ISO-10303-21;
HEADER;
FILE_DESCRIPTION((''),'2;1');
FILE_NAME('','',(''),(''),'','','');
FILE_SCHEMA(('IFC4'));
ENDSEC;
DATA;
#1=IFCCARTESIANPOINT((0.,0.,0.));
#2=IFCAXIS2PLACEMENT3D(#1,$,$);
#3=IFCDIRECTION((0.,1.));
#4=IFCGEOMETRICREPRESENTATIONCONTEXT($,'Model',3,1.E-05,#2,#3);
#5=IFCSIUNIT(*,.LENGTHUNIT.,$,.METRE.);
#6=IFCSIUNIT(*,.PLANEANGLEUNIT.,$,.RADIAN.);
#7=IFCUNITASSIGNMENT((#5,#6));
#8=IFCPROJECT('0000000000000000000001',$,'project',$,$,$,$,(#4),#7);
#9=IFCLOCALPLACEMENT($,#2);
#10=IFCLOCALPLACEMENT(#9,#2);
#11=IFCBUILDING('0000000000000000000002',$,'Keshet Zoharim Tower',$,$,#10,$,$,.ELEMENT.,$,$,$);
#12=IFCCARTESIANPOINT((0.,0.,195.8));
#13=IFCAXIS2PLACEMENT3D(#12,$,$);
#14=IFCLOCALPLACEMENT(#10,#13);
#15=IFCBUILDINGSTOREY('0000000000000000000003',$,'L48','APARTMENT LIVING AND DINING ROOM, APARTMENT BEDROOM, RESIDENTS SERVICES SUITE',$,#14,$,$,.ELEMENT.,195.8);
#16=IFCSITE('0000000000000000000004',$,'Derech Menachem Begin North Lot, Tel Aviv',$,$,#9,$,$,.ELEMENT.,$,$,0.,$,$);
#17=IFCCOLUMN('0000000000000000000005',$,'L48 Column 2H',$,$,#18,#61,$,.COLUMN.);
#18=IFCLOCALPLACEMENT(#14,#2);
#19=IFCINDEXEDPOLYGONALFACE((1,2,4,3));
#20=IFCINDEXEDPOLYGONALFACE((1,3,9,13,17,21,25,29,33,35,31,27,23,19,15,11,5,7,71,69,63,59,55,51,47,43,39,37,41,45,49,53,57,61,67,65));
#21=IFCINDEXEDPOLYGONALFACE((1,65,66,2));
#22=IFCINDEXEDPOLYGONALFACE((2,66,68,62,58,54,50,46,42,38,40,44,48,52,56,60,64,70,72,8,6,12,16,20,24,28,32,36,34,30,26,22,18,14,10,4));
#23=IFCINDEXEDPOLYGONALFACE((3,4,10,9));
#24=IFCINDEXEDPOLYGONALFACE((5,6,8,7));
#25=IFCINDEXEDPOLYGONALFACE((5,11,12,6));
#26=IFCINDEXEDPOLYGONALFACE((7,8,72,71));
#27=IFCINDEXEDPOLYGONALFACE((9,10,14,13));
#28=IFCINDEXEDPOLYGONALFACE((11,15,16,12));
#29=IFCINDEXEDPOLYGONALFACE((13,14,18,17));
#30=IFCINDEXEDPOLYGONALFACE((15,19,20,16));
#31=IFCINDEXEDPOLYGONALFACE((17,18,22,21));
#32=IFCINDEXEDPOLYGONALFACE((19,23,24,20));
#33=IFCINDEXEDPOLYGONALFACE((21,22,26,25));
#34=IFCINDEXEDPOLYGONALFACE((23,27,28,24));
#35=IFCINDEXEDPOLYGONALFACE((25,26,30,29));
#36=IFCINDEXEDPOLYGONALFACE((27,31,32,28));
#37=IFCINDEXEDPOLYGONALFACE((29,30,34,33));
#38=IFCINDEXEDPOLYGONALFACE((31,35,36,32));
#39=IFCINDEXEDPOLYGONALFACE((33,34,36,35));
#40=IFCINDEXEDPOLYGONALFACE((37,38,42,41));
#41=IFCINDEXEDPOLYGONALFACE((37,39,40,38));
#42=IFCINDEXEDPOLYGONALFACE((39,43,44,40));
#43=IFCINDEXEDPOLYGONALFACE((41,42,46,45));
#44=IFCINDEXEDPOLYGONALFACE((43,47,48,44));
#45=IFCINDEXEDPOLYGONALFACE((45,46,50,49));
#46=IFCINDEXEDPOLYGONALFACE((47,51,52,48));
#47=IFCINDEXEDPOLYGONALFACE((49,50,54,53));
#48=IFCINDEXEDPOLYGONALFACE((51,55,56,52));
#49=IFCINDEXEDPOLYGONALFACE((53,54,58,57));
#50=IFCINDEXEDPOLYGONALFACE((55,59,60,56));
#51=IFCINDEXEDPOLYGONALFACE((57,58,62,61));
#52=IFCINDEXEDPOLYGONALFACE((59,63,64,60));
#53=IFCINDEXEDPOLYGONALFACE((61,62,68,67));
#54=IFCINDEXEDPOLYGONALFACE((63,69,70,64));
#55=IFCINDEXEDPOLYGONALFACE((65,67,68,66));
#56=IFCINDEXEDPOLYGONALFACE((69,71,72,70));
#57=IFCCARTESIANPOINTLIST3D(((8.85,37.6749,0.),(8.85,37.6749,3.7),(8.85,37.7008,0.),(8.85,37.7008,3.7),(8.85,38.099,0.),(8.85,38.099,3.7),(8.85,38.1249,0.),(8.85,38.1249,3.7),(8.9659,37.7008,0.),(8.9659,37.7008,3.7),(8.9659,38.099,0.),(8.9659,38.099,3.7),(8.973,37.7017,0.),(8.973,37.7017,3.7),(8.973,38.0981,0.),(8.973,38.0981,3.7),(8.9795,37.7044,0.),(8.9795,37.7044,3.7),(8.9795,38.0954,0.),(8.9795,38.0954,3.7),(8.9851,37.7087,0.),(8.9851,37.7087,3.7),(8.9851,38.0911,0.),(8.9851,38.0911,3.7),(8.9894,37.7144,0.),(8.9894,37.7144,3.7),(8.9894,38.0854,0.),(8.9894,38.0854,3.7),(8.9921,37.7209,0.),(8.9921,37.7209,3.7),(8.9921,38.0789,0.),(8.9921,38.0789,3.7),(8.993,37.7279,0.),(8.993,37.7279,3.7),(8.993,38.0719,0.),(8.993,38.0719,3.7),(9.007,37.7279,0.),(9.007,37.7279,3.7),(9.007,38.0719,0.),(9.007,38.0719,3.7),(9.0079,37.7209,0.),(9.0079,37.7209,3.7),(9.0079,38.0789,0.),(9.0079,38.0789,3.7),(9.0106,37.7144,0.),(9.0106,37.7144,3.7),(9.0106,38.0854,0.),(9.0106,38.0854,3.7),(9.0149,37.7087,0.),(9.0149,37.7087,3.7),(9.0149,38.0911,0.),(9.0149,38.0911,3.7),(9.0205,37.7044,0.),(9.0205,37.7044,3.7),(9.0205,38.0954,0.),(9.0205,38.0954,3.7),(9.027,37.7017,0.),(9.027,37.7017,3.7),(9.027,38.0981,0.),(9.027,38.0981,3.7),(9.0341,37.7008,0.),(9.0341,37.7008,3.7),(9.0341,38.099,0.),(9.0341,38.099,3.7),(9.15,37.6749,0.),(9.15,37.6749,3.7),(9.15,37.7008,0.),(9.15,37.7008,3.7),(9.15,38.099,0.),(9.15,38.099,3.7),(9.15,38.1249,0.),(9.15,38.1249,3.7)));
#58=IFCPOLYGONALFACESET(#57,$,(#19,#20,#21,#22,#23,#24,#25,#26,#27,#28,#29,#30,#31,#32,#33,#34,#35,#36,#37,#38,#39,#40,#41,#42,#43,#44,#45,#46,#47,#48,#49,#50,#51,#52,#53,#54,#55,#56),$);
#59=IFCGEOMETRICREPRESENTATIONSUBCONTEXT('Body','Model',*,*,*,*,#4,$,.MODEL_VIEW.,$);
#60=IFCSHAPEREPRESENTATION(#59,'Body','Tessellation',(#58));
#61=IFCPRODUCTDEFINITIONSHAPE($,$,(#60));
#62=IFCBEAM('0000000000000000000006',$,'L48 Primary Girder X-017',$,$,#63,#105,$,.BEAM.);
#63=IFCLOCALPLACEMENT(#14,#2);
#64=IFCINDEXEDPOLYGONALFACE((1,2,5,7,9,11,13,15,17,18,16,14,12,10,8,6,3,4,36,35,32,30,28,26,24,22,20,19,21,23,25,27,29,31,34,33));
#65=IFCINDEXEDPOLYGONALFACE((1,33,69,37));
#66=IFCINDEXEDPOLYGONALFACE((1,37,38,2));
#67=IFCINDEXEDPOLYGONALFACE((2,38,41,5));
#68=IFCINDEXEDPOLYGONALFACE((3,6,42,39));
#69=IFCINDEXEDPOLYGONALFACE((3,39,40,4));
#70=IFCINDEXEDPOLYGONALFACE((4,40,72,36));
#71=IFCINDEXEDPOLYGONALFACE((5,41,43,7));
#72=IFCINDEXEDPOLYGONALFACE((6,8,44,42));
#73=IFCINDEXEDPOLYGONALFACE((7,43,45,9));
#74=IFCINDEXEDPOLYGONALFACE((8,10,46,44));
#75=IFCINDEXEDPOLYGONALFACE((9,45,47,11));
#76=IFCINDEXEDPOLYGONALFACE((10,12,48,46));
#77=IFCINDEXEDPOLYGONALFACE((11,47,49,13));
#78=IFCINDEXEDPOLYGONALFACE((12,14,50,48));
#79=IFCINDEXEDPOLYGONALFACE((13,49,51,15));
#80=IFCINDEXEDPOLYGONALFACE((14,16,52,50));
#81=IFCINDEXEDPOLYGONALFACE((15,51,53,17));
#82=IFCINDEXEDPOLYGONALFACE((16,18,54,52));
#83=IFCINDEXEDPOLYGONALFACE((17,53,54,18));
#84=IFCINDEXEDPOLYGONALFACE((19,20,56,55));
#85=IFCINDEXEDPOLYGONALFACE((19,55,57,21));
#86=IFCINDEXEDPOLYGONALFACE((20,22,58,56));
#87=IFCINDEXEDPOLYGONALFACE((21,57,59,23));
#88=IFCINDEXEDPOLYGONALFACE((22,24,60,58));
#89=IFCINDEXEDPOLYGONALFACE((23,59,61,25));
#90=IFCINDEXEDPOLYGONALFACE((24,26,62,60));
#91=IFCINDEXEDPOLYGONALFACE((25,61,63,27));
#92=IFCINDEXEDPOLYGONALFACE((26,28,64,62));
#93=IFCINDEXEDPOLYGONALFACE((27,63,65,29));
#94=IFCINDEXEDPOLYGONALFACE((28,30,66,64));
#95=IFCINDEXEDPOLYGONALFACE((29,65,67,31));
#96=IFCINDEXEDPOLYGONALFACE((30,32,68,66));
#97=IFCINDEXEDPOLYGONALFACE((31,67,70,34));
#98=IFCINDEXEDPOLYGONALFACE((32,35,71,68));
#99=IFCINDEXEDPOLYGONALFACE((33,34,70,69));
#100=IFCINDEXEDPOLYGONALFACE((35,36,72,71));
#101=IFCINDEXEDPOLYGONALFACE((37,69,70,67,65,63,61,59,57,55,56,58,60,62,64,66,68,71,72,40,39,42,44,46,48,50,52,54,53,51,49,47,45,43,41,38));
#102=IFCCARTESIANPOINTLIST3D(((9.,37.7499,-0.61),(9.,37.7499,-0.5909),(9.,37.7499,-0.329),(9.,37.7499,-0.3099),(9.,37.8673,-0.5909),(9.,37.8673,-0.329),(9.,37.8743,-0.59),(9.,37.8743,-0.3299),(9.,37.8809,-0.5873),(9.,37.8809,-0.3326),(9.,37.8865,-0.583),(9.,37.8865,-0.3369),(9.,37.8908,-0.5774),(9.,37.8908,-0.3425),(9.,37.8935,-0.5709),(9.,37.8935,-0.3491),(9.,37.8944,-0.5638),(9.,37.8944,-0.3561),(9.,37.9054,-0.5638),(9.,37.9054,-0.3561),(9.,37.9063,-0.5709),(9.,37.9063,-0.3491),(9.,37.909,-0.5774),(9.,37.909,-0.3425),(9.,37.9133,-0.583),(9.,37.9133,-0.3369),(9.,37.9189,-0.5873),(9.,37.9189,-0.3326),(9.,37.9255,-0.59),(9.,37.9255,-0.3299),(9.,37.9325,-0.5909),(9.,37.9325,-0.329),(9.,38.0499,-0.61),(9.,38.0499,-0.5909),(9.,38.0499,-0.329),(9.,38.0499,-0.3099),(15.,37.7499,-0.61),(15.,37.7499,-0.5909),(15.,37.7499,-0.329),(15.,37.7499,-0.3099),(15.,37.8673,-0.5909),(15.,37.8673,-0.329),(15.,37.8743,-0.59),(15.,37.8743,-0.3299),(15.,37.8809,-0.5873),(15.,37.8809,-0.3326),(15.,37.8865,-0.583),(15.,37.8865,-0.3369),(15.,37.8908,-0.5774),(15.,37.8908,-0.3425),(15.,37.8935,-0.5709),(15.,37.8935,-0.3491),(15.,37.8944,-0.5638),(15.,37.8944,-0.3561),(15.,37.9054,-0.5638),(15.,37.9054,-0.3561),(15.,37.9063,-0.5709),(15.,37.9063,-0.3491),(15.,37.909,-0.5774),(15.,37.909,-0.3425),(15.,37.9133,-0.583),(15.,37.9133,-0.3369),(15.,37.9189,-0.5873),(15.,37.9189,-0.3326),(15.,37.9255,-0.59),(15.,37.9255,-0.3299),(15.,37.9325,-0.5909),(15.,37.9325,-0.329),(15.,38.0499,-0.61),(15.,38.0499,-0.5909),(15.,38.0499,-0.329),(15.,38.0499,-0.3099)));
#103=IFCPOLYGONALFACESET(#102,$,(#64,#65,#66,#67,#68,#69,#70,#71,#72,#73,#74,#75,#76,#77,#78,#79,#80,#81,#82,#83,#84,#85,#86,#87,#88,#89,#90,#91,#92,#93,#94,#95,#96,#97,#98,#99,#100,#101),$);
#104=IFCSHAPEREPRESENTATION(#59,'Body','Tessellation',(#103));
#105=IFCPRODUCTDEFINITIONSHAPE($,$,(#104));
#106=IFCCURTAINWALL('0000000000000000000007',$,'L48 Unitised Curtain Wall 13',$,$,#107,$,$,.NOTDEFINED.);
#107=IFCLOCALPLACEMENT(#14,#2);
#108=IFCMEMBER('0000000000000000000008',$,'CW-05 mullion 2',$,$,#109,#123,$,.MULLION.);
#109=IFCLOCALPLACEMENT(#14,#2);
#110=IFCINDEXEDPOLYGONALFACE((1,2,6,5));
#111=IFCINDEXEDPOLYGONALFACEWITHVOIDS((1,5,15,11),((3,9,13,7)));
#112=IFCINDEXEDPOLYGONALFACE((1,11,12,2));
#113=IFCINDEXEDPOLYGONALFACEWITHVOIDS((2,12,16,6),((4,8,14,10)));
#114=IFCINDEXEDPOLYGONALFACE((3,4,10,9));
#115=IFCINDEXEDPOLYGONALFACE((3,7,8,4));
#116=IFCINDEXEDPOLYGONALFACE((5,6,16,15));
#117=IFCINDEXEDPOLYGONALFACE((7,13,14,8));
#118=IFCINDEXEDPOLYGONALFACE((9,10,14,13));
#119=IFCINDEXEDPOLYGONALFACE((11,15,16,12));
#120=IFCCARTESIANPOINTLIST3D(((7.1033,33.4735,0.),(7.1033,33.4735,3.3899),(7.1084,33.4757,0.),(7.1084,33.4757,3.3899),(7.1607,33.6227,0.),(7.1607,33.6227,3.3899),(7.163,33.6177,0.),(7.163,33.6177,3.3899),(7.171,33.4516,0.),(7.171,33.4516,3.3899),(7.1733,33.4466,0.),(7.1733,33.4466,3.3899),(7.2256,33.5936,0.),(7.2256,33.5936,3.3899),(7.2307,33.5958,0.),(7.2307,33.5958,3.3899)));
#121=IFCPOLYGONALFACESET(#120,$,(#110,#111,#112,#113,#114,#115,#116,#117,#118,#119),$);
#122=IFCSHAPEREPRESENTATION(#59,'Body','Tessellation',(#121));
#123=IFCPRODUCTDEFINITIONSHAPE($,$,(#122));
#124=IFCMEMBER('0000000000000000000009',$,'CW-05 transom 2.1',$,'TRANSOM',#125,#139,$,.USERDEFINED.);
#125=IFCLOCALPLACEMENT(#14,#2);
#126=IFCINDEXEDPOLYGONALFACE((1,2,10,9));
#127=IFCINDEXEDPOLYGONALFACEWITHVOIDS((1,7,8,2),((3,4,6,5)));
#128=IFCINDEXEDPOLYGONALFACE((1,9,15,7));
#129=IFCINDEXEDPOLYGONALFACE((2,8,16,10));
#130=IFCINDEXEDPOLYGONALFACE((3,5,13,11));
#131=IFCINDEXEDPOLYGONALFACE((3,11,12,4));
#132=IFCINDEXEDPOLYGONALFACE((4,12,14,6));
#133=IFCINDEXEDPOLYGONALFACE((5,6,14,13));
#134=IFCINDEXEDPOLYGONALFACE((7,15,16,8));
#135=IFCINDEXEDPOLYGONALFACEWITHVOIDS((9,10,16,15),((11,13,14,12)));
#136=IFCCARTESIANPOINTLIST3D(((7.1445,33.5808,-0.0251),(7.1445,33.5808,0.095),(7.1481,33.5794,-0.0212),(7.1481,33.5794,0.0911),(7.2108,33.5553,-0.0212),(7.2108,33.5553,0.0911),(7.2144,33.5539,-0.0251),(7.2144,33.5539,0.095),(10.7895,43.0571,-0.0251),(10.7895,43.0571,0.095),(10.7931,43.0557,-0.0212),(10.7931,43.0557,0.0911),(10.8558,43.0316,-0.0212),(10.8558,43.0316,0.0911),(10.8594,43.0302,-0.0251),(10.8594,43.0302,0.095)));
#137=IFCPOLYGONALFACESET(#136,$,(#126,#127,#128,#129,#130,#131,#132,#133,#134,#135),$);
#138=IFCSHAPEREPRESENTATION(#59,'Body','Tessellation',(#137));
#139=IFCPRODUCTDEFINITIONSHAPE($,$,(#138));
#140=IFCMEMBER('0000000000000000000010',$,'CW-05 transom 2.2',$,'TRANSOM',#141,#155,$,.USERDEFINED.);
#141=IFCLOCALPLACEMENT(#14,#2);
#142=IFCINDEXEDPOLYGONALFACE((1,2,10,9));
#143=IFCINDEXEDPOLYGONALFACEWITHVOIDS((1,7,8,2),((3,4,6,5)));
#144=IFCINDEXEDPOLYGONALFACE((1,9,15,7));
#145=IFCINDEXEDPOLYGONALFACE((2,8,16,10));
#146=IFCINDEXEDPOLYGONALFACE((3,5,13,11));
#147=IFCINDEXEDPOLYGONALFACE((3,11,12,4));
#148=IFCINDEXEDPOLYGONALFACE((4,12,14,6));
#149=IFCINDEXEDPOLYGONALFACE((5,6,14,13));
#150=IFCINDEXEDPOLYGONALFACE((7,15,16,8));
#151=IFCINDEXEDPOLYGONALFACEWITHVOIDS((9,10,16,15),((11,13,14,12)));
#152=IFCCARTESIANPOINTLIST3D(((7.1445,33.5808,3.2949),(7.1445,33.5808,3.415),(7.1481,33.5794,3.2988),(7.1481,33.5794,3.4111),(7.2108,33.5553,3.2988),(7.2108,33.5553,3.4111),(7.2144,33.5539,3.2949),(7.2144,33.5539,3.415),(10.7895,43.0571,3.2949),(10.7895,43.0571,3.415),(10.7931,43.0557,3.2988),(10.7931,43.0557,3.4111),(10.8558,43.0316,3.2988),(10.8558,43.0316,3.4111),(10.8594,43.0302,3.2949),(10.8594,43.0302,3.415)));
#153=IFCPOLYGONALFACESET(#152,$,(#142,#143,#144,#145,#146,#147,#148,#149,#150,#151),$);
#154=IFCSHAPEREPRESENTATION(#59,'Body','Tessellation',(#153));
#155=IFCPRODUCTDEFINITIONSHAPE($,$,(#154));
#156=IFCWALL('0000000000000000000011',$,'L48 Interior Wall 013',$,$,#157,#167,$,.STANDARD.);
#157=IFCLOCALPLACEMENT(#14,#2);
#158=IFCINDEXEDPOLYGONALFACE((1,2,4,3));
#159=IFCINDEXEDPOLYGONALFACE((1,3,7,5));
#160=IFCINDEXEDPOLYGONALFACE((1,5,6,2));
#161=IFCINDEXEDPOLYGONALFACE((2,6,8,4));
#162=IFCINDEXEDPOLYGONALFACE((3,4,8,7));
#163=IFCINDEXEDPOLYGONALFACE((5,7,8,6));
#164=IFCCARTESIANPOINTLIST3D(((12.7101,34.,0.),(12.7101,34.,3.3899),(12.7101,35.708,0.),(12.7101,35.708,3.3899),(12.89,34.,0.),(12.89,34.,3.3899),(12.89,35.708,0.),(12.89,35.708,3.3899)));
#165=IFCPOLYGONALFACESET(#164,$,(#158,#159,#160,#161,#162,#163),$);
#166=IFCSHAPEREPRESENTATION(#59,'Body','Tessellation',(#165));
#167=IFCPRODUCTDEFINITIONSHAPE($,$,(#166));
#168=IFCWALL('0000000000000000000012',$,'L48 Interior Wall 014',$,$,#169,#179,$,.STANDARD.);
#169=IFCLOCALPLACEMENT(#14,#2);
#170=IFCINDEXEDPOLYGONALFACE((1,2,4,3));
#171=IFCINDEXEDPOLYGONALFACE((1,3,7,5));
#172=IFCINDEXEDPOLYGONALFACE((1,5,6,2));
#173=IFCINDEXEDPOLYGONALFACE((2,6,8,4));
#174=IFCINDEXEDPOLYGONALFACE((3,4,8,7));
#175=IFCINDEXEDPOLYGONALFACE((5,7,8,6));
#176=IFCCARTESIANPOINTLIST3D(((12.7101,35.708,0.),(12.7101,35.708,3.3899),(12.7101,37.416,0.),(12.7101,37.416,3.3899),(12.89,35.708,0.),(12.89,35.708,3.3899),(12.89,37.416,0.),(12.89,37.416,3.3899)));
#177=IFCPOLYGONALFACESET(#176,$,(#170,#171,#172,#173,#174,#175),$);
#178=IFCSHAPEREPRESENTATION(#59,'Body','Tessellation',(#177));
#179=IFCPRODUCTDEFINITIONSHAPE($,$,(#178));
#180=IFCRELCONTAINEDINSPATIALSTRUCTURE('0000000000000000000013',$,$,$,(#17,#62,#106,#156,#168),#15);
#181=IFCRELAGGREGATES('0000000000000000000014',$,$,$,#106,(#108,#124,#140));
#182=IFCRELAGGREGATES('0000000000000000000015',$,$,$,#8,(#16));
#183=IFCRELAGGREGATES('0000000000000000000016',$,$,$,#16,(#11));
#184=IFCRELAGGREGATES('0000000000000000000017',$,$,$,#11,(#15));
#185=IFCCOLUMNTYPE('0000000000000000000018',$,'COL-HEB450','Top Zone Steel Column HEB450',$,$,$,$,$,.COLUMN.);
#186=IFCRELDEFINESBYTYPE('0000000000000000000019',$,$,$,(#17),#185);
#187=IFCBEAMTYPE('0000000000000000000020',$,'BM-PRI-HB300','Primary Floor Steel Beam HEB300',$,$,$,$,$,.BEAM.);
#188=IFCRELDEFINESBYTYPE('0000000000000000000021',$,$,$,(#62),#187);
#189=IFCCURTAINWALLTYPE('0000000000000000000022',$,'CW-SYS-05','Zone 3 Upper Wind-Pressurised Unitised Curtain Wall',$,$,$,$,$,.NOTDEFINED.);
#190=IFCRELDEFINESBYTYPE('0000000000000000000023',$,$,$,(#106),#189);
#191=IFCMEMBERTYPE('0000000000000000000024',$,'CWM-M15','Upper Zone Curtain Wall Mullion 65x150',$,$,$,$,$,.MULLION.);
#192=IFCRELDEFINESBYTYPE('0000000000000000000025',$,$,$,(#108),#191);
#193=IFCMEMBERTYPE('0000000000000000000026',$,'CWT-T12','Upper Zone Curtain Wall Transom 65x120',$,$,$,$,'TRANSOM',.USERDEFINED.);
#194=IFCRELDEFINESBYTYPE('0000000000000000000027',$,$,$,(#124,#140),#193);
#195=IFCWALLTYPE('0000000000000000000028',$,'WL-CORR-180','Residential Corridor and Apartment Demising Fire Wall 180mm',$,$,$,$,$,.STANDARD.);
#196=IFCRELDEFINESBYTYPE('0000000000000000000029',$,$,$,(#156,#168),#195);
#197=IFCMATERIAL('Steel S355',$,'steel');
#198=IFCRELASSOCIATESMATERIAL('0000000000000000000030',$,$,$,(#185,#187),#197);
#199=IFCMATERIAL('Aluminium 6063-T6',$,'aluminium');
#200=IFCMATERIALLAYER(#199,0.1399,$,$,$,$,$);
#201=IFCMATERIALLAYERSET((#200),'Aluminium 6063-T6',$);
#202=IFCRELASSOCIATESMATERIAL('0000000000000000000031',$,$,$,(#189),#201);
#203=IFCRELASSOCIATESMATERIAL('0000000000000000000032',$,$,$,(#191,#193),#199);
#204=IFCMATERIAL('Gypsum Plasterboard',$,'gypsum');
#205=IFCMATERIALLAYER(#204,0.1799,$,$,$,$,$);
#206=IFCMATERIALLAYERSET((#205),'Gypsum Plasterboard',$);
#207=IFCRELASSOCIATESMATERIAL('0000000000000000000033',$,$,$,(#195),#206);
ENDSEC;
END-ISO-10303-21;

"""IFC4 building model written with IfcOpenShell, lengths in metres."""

from ifc_helpers import new_model, si_unit, direction, frame, frame_2d, origin, origin_2d, place, context, subcontext, project, spatial, rectangle, hollow_rectangle, i_section, extrude, material, layer, layer_set, material_profile, profile_set, type_object, element, aggregate, save


model = new_model("IFC4")

# Units and contexts
model_context = context("Model", 3, precision=1e-05, world=origin(), true_north=direction((0.0, 1.0)))
body_context = subcontext(model_context, "Body", "Model", "MODEL_VIEW")
ifc_project = project(units=[si_unit("LENGTHUNIT", "METRE"), si_unit("PLANEANGLEUNIT", "RADIAN")], contexts=[model_context])

# Site, building, storey
site_placement = place(None, origin())
site = spatial("IfcSite", under=ifc_project, at=site_placement, Name="Derech Menachem Begin North Lot, Tel Aviv", CompositionType="ELEMENT", RefElevation=0.0)
building_placement = place(site_placement, origin())
building = spatial("IfcBuilding", under=site, at=building_placement, Name="Keshet Zoharim Tower", CompositionType="ELEMENT")
storey_placement = place(building_placement, frame((0.0, 0.0, 195.8)))
storey = spatial("IfcBuildingStorey", under=building, at=storey_placement, Name="L48", Description="APARTMENT LIVING AND DINING ROOM, APARTMENT BEDROOM, RESIDENTS SERVICES SUITE", CompositionType="ELEMENT", Elevation=195.8)

# Column
ifc_material_1 = material(Name="Steel S355", Category="steel")
ifc_material_profile_1 = material_profile(ifc_material_1, i_section(OverallWidth=0.3, OverallDepth=0.45, WebThickness=0.0139, FlangeThickness=0.0259, FilletRadius=0.0271, at=origin_2d()), Name="HEB450")
ifc_profile_set_1 = profile_set([ifc_material_profile_1], Name="Steel S355")
column_type = type_object("IfcColumnType", Name="COL-HEB450", Description="Top Zone Steel Column HEB450", PredefinedType="COLUMN", material=ifc_profile_set_1)
column_placement = place(storey_placement, frame((9.0, 37.8999, 0.0), z_axis=(0.0, 0.0, 1.0), x_axis=(1.0, 0.0, 0.0)))
element("IfcColumn", 1, at=column_placement, inside=storey, type_object=column_type, Name="L48 Column 2H", PredefinedType="COLUMN", context=body_context, shape_type="SweptSolid", body=[
    extrude(i_section(OverallWidth=0.3, OverallDepth=0.45, WebThickness=0.0139, FlangeThickness=0.0259, FilletRadius=0.0271, at=origin_2d()), origin(), (0.0, 0.0, 1.0), 3.7),
])

# Beam
ifc_material_profile_2 = material_profile(ifc_material_1, i_section(OverallWidth=0.3, OverallDepth=0.3, WebThickness=0.011, FlangeThickness=0.019, FilletRadius=0.0271, at=origin_2d()), Name="HEB300")
ifc_profile_set_2 = profile_set([ifc_material_profile_2], Name="Steel S355")
beam_type = type_object("IfcBeamType", Name="BM-PRI-HB300", Description="Primary Floor Steel Beam HEB300", PredefinedType="BEAM", material=ifc_profile_set_2)
beam_placement = place(storey_placement, frame((9.0, 37.8999, -0.46), z_axis=(1.0, 0.0, 0.0), x_axis=(0.0, 1.0, 0.0)))
element("IfcBeam", 2, at=beam_placement, inside=storey, type_object=beam_type, Name="L48 Primary Girder X-017", PredefinedType="BEAM", context=body_context, shape_type="SweptSolid", body=[
    extrude(i_section(OverallWidth=0.3, OverallDepth=0.3, WebThickness=0.011, FlangeThickness=0.019, FilletRadius=0.0271, at=origin_2d()), origin(), (0.0, 0.0, 1.0), 6.0),
])

# Curtain wall, members
ifc_material_2 = material(Name="Aluminium 6063-T6", Category="aluminium")
ifc_layer_1 = layer(ifc_material_2, 0.1399)
ifc_layer_set_1 = layer_set([ifc_layer_1], Name="Aluminium 6063-T6")
curtain_wall_type = type_object("IfcCurtainWallType", Name="CW-SYS-05", Description="Zone 3 Upper Wind-Pressurised Unitised Curtain Wall", PredefinedType="NOTDEFINED", material=ifc_layer_set_1)
curtain_wall_placement = place(storey_placement, origin())
curtain_wall = element("IfcCurtainWall", 3, at=curtain_wall_placement, inside=storey, type_object=curtain_wall_type, Name="L48 Unitised Curtain Wall 13", PredefinedType="NOTDEFINED")
ifc_material_profile_3 = material_profile(ifc_material_2, hollow_rectangle(XDim=0.075, YDim=0.1599, WallThickness=0.0039, at=origin_2d()), Name="MUL-75x160")
ifc_profile_set_3 = profile_set([ifc_material_profile_3], Name="Aluminium 6063-T6")
member_type_1 = type_object("IfcMemberType", Name="CWM-M15", Description="Upper Zone Curtain Wall Mullion 65x150", PredefinedType="MULLION", material=ifc_profile_set_3)
member_1_placement = place(storey_placement, frame((7.167, 33.5347, 0.0), z_axis=(0.0, 0.0, 1.0), x_axis=(-0.933341, 0.35899, 0.0)))
member_1 = element("IfcMember", 4, at=member_1_placement, type_object=member_type_1, Name="CW-05 mullion 2", PredefinedType="MULLION", context=body_context, shape_type="SweptSolid", body=[
    extrude(hollow_rectangle(XDim=0.075, YDim=0.1599, WallThickness=0.0039, at=origin_2d()), origin(), (0.0, 0.0, 1.0), 3.3899),
])
ifc_material_profile_4 = material_profile(ifc_material_2, hollow_rectangle(XDim=0.075, YDim=0.1201, WallThickness=0.0039, at=origin_2d()), Name="TRN-75x120")
ifc_profile_set_4 = profile_set([ifc_material_profile_4], Name="Aluminium 6063-T6")
member_type_2 = type_object("IfcMemberType", Name="CWT-T12", Description="Upper Zone Curtain Wall Transom 65x120", ElementType="TRANSOM", PredefinedType="USERDEFINED", material=ifc_profile_set_4)
member_2_placement = place(storey_placement, frame((7.1794, 33.5674, 0.0349), z_axis=(0.359003, 0.933336, 0.0), x_axis=(-0.933336, 0.359003, 0.0)))
member_2 = element("IfcMember", 5, at=member_2_placement, type_object=member_type_2, Name="CW-05 transom 2.1", ObjectType="TRANSOM", PredefinedType="USERDEFINED", context=body_context, shape_type="SweptSolid", body=[
    extrude(hollow_rectangle(XDim=0.075, YDim=0.1201, WallThickness=0.0039, at=origin_2d()), origin(), (0.0, 0.0, 1.0), 10.1531),
])
member_3_placement = place(storey_placement, frame((7.1794, 33.5674, 3.355), z_axis=(0.359003, 0.933336, 0.0), x_axis=(-0.933336, 0.359003, 0.0)))
member_3 = element("IfcMember", 6, at=member_3_placement, type_object=member_type_2, Name="CW-05 transom 2.2", ObjectType="TRANSOM", PredefinedType="USERDEFINED", context=body_context, shape_type="SweptSolid", body=[
    extrude(hollow_rectangle(XDim=0.075, YDim=0.1201, WallThickness=0.0039, at=origin_2d()), origin(), (0.0, 0.0, 1.0), 10.1531),
])
aggregate(curtain_wall, [member_1, member_2, member_3])

# Walls
ifc_material_3 = material(Name="Gypsum Plasterboard", Category="gypsum")
ifc_layer_2 = layer(ifc_material_3, 0.1799)
ifc_layer_set_2 = layer_set([ifc_layer_2], Name="Gypsum Plasterboard")
wall_type_1 = type_object("IfcWallType", Name="WL-CORR-180", Description="Residential Corridor and Apartment Demising Fire Wall 180mm", PredefinedType="STANDARD", material=ifc_layer_set_2)
for number, where, z_axis, x_axis, name in (
    (7, (12.8, 34.0, 0.0), (0.0, 0.0, 1.0), (0.0, 1.0, 0.0), "L48 Interior Wall 013"),
    (8, (12.8, 35.708, 0.0), (0.0, 0.0, 1.0), (0.0, 1.0, 0.0), "L48 Interior Wall 014"),
):
    element("IfcWall", number, at=place(storey_placement, frame(where, z_axis=z_axis, x_axis=x_axis)), inside=storey, type_object=wall_type_1, Name=name, PredefinedType="STANDARD", context=body_context, shape_type="SweptSolid", body=[
        extrude(rectangle(XDim=1.708, YDim=0.1799, at=frame_2d((0.854, 0.0))), origin(), (0.0, 0.0, 1.0), 3.3899),
    ])

save(model, "model.ifc")
